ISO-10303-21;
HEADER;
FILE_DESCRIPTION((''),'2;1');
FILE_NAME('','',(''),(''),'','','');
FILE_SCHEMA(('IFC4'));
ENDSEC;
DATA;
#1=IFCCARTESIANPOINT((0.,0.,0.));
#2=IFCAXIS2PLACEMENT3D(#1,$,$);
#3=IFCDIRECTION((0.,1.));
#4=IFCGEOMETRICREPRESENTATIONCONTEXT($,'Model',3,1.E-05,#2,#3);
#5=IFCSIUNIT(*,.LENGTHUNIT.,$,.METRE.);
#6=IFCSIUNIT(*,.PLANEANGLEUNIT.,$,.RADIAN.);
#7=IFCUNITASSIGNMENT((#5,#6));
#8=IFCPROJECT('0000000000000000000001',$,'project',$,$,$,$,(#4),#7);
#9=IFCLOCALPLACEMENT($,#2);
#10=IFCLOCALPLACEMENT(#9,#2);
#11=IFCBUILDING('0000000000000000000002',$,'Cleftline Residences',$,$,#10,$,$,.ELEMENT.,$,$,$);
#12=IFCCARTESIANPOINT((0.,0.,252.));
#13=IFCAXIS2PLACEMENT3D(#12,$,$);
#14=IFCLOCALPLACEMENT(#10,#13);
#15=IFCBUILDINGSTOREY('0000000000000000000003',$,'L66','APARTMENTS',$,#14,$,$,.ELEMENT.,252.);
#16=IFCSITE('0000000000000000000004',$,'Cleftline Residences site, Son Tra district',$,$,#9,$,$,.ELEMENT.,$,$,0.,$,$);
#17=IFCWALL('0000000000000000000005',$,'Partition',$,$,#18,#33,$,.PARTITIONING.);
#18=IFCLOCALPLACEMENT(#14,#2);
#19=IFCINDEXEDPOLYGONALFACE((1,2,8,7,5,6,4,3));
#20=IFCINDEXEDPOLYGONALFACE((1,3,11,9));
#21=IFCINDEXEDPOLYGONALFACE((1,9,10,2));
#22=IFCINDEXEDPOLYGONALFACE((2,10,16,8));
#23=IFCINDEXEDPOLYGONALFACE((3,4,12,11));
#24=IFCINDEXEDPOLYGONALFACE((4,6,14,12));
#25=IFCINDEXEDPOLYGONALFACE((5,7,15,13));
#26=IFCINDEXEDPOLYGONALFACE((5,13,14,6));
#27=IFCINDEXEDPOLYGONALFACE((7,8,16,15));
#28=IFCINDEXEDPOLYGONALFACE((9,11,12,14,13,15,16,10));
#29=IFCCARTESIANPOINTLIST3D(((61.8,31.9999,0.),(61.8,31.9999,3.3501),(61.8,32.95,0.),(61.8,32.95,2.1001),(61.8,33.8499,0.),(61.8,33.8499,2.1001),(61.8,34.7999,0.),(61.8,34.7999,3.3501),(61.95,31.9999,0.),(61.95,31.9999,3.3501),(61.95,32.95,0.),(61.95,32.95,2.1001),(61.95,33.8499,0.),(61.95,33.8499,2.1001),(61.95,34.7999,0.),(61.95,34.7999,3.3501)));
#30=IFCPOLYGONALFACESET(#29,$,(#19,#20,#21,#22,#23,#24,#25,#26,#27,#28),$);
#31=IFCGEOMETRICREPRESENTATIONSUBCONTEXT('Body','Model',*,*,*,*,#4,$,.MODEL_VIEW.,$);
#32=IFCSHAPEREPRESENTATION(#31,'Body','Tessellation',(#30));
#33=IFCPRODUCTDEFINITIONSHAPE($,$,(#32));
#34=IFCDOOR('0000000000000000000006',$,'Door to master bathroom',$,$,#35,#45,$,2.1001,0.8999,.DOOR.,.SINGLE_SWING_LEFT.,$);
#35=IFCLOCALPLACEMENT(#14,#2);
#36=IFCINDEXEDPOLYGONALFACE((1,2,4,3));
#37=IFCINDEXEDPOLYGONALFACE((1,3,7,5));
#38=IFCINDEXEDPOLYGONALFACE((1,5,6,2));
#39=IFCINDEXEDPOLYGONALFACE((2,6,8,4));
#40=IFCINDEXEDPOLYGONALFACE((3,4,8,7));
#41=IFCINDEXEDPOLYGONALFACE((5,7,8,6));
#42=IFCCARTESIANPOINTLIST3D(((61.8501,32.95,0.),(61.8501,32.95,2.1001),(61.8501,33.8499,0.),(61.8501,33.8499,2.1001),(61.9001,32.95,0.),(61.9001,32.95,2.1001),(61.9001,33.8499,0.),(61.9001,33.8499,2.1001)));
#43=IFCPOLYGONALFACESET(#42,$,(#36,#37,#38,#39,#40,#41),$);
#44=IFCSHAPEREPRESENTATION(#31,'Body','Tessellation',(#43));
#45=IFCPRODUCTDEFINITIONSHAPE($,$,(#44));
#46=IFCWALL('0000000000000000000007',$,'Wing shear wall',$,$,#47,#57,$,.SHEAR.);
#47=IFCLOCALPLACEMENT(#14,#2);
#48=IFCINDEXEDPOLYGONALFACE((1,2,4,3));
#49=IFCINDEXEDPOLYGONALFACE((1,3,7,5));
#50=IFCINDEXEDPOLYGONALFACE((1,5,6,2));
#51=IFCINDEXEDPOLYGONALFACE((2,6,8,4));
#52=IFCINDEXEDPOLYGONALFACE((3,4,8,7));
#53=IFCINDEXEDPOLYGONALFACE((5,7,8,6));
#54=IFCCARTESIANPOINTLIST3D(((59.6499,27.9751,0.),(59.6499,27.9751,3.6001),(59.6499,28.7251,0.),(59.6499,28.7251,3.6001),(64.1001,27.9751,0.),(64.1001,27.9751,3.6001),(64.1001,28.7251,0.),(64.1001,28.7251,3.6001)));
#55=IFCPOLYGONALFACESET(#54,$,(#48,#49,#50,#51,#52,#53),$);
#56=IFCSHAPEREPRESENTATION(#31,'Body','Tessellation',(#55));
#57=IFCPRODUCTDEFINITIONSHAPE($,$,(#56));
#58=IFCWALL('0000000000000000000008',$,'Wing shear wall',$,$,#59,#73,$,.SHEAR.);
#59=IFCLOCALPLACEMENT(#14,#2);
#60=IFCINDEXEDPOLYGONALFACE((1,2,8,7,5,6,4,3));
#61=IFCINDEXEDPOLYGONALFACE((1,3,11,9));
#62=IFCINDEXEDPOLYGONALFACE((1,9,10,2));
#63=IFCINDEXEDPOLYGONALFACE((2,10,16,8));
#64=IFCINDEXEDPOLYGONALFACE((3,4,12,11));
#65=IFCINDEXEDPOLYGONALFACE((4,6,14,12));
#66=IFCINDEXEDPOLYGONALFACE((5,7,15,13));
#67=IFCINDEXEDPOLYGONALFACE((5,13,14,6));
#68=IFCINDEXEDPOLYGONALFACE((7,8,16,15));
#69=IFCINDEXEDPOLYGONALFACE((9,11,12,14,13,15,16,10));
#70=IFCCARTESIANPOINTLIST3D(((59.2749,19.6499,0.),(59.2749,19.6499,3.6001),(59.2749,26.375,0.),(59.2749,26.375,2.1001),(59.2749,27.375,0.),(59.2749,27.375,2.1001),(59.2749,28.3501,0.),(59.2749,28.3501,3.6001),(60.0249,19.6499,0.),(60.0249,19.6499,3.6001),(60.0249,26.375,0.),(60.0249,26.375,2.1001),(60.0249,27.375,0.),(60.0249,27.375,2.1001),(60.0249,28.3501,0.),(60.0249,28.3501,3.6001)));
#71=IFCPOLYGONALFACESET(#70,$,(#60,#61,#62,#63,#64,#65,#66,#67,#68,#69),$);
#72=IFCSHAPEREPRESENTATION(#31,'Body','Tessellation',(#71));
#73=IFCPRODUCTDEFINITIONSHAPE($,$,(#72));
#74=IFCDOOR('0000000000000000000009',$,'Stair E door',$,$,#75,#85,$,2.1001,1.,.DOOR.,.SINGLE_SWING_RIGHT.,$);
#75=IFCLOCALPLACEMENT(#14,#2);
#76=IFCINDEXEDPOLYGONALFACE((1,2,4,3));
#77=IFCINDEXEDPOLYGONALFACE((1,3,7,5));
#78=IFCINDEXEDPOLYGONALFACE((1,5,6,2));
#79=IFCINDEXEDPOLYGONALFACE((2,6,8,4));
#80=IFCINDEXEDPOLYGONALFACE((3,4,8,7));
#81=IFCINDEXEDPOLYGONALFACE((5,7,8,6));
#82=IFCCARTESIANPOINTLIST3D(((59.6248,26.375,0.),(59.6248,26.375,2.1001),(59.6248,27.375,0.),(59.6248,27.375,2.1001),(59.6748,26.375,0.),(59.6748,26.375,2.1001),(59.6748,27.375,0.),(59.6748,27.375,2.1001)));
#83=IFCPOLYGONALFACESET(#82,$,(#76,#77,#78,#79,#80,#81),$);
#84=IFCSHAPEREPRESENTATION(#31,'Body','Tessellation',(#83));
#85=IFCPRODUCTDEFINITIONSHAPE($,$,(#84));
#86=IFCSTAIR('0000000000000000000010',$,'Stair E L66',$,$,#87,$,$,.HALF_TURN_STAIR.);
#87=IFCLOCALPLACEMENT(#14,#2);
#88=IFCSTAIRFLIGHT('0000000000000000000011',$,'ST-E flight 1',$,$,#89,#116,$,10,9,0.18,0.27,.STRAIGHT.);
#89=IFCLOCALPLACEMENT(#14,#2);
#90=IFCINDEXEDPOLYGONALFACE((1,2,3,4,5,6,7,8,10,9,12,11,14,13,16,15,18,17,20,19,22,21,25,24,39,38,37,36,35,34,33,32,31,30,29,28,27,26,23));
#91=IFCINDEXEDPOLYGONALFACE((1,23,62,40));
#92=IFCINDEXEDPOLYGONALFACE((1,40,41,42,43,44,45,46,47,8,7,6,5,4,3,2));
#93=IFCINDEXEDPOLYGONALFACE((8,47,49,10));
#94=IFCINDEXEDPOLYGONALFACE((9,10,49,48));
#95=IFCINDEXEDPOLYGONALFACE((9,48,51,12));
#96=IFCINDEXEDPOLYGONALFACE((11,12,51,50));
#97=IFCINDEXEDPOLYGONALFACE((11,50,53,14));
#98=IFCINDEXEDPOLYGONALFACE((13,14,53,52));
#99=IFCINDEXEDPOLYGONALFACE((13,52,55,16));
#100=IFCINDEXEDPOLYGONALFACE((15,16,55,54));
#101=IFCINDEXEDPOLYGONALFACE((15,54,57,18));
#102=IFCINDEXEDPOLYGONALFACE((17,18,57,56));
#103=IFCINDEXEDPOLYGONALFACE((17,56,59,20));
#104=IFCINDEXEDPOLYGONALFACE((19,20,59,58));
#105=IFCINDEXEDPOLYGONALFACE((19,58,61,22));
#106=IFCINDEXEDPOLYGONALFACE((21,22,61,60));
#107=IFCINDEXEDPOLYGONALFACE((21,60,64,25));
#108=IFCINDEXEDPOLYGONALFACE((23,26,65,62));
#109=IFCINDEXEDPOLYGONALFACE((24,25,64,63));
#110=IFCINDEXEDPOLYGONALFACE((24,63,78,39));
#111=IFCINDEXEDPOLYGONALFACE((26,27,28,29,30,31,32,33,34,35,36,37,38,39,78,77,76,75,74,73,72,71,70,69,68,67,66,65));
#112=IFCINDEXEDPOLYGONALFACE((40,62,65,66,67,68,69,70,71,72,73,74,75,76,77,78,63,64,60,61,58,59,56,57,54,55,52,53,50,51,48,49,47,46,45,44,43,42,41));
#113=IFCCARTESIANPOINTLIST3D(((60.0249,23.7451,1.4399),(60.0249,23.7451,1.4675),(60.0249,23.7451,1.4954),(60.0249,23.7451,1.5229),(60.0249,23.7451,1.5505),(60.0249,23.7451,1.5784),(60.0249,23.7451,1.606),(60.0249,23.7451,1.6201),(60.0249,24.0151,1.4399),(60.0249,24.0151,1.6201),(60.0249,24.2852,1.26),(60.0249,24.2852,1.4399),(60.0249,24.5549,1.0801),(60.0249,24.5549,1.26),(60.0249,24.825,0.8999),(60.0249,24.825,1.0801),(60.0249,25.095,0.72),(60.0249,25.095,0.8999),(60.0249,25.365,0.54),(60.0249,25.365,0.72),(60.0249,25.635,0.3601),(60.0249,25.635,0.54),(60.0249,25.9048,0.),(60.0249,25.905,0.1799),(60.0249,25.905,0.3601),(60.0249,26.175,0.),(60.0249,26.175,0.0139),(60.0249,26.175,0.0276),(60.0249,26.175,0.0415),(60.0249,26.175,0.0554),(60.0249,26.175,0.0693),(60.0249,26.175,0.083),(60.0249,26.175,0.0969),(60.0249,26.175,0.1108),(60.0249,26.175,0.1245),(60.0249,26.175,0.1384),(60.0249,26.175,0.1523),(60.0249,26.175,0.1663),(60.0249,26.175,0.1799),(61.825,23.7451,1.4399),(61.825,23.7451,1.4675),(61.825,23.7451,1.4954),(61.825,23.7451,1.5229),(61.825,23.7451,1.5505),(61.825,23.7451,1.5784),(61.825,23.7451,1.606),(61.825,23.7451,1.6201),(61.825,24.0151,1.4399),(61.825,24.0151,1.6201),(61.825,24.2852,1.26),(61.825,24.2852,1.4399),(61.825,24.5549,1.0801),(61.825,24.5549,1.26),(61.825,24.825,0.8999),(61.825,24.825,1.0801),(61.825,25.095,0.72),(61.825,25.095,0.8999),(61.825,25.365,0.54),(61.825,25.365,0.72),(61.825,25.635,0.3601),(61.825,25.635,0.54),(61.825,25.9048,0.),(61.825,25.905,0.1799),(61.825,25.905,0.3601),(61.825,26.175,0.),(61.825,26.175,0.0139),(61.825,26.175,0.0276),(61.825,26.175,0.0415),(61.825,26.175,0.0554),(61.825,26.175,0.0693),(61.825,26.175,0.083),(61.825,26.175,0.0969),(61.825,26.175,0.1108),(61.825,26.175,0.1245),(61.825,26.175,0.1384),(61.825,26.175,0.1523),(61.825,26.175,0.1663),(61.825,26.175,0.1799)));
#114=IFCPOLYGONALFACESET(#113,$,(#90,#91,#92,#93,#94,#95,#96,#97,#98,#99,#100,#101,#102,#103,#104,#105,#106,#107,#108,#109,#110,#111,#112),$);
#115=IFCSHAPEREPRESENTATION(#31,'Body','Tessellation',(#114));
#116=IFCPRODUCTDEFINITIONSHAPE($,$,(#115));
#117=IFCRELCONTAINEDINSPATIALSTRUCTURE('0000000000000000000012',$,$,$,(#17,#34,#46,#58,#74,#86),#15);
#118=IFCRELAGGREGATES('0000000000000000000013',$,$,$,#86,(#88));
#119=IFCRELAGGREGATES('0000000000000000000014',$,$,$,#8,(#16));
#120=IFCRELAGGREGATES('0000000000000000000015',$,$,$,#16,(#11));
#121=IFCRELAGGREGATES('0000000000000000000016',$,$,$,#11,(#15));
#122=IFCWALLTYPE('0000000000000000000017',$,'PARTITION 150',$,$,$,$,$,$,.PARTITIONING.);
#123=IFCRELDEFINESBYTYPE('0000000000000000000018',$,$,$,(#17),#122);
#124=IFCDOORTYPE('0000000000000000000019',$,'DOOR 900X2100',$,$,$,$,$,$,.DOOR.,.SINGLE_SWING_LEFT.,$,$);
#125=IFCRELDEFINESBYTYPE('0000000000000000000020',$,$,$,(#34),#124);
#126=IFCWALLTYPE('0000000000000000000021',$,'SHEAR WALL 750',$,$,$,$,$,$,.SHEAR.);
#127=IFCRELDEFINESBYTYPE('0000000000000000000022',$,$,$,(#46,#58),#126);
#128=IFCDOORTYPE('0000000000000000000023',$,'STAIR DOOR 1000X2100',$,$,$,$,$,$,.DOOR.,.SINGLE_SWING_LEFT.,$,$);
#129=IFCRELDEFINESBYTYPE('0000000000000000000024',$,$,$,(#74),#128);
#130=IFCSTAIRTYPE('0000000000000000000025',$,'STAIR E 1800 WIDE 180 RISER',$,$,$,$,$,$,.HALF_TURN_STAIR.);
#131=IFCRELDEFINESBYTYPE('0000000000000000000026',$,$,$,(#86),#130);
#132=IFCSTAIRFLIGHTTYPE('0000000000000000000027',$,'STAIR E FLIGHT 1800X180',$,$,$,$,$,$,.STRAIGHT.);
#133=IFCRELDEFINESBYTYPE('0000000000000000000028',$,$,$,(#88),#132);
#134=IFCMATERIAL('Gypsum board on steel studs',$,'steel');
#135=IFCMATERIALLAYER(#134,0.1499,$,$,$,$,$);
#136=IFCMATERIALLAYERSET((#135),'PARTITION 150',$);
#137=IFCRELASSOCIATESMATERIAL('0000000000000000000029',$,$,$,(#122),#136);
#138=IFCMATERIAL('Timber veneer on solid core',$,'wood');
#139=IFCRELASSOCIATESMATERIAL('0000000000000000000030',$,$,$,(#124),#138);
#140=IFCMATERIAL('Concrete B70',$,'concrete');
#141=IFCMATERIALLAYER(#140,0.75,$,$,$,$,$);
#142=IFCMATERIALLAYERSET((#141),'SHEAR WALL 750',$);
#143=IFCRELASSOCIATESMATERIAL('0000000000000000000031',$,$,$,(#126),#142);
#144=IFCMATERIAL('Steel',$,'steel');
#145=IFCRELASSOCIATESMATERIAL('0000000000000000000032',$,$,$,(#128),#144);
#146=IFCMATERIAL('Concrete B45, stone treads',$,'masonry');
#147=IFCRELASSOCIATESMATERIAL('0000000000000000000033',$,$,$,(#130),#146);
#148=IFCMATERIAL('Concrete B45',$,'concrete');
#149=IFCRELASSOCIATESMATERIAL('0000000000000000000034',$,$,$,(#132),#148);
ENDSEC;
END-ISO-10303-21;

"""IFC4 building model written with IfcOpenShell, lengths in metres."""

from ifc_helpers import new_model, si_unit, direction, frame, frame_2d, origin, place, context, subcontext, project, spatial, polyline, rectangle, outline, extrude, material, layer, layer_set, type_object, element, fill, aggregate, save


model = new_model("IFC4")

# Units and contexts
model_context = context("Model", 3, precision=1e-05, world=origin(), true_north=direction((0.0, 1.0)))
body_context = subcontext(model_context, "Body", "Model", "MODEL_VIEW")
ifc_project = project(units=[si_unit("LENGTHUNIT", "METRE"), si_unit("PLANEANGLEUNIT", "RADIAN")], contexts=[model_context])

# Site, building, storey
site_placement = place(None, origin())
site = spatial("IfcSite", under=ifc_project, at=site_placement, Name="Cleftline Residences site, Son Tra district", CompositionType="ELEMENT", RefElevation=0.0)
building_placement = place(site_placement, origin())
building = spatial("IfcBuilding", under=site, at=building_placement, Name="Cleftline Residences", CompositionType="ELEMENT")
storey_placement = place(building_placement, frame((0.0, 0.0, 252.0)))
storey = spatial("IfcBuildingStorey", under=building, at=storey_placement, Name="L66", Description="APARTMENTS", CompositionType="ELEMENT", Elevation=252.0)

# Shared definitions
ifc_material_1 = material(Name="Gypsum board on steel studs", Category="steel")
ifc_layer_1 = layer(ifc_material_1, 0.1499)
ifc_layer_set_1 = layer_set([ifc_layer_1], Name="PARTITION 150")
wall_type_1 = type_object("IfcWallType", Name="PARTITION 150", PredefinedType="PARTITIONING", material=ifc_layer_set_1)

# Wall, opening, door
ifc_material_2 = material(Name="Timber veneer on solid core", Category="wood")
door_type_1 = type_object("IfcDoorType", Name="DOOR 900X2100", OperationType="SINGLE_SWING_LEFT", PredefinedType="DOOR", material=ifc_material_2)
wall_1_placement = place(storey_placement, frame((61.875, 32.0, 0.0), z_axis=(0.0, 0.0, 1.0), x_axis=(0.0, 1.0, 0.0)))
wall_1 = element("IfcWall", 1, at=wall_1_placement, inside=storey, type_object=wall_type_1, Name="Partition", PredefinedType="PARTITIONING", context=body_context, shape_type="SweptSolid", body=[
    extrude(rectangle(XDim=2.8, YDim=0.1499, at=frame_2d((1.3999, 0.0))), origin(), (0.0, 0.0, 1.0), 3.3501),
])
opening_1_placement = place(wall_1_placement, frame((0.95, 0.0, 0.0)))
opening_1 = element("IfcOpeningElement", 2, at=opening_1_placement, cuts=wall_1, PredefinedType="OPENING", context=body_context, shape_type="SweptSolid", body=[
    extrude(rectangle(XDim=0.8999, YDim=2.1001, at=frame_2d((0.45, 1.05))), frame((0.0, 0.085, 0.0), z_axis=(0.0, -1.0, 0.0), x_axis=(1.0, 0.0, 0.0)), (0.0, 0.0, 1.0), 0.1699),
])
door_1_placement = place(opening_1_placement, origin())
door_1 = element("IfcDoor", 3, at=door_1_placement, inside=storey, type_object=door_type_1, Name="Door to master bathroom", OperationType="SINGLE_SWING_LEFT", OverallHeight=2.1001, OverallWidth=0.8999, PredefinedType="DOOR", context=body_context, shape_type="SweptSolid", body=[
    extrude(rectangle(XDim=0.8999, YDim=2.1001, at=frame_2d((0.45, 1.05))), frame((0.0, 0.0249, 0.0), z_axis=(0.0, -1.0, 0.0), x_axis=(1.0, 0.0, 0.0)), (0.0, 0.0, 1.0), 0.05),
])
fill(opening_1, door_1)

# Wall
ifc_material_3 = material(Name="Concrete B70", Category="concrete")
ifc_layer_2 = layer(ifc_material_3, 0.75)
ifc_layer_set_2 = layer_set([ifc_layer_2], Name="SHEAR WALL 750")
wall_type_2 = type_object("IfcWallType", Name="SHEAR WALL 750", PredefinedType="SHEAR", material=ifc_layer_set_2)
wall_2_placement = place(storey_placement, frame((64.1001, 28.3501, 0.0), z_axis=(0.0, 0.0, 1.0), x_axis=(-1.0, 0.0, 0.0)))
element("IfcWall", 4, at=wall_2_placement, inside=storey, type_object=wall_type_2, Name="Wing shear wall", PredefinedType="SHEAR", context=body_context, shape_type="SweptSolid", body=[
    extrude(rectangle(XDim=4.4502, YDim=0.75, at=frame_2d((2.2251, 0.0))), origin(), (0.0, 0.0, 1.0), 3.6001),
])

# Wall, opening, door
wall_3_placement = place(storey_placement, frame((59.6499, 28.3501, 0.0), z_axis=(0.0, 0.0, 1.0), x_axis=(0.0, -1.0, 0.0)))
wall_3 = element("IfcWall", 5, at=wall_3_placement, inside=storey, type_object=wall_type_2, Name="Wing shear wall", PredefinedType="SHEAR", context=body_context, shape_type="SweptSolid", body=[
    extrude(rectangle(XDim=8.7002, YDim=0.75, at=frame_2d((4.3501, 0.0))), origin(), (0.0, 0.0, 1.0), 3.6001),
])
opening_2_placement = place(wall_3_placement, frame((0.9751, 0.0, 0.0)))
opening_2 = element("IfcOpeningElement", 6, at=opening_2_placement, cuts=wall_3, PredefinedType="OPENING", context=body_context, shape_type="SweptSolid", body=[
    extrude(rectangle(XDim=1.0, YDim=2.1001, at=frame_2d((0.5, 1.05))), frame((0.0, 0.385, 0.0), z_axis=(0.0, -1.0, 0.0), x_axis=(1.0, 0.0, 0.0)), (0.0, 0.0, 1.0), 0.77),
])
ifc_material_4 = material(Name="Steel", Category="steel")
door_type_2 = type_object("IfcDoorType", Name="STAIR DOOR 1000X2100", OperationType="SINGLE_SWING_LEFT", PredefinedType="DOOR", material=ifc_material_4)
door_2_placement = place(opening_2_placement, origin())
door_2 = element("IfcDoor", 7, at=door_2_placement, inside=storey, type_object=door_type_2, Name="Stair E door", OperationType="SINGLE_SWING_RIGHT", OverallHeight=2.1001, OverallWidth=1.0, PredefinedType="DOOR", context=body_context, shape_type="SweptSolid", body=[
    extrude(rectangle(XDim=1.0, YDim=2.1001, at=frame_2d((0.5, 1.05))), frame((0.0, 0.0249, 0.0), z_axis=(0.0, -1.0, 0.0), x_axis=(1.0, 0.0, 0.0)), (0.0, 0.0, 1.0), 0.05),
])
fill(opening_2, door_2)

# Stair, stair flight
ifc_material_5 = material(Name="Concrete B45, stone treads", Category="masonry")
stair_type = type_object("IfcStairType", Name="STAIR E 1800 WIDE 180 RISER", PredefinedType="HALF_TURN_STAIR", material=ifc_material_5)
stair_placement = place(storey_placement, origin())
stair = element("IfcStair", 8, at=stair_placement, inside=storey, type_object=stair_type, Name="Stair E L66", PredefinedType="HALF_TURN_STAIR")
ifc_material_6 = material(Name="Concrete B45", Category="concrete")
stair_flight_type = type_object("IfcStairFlightType", Name="STAIR E FLIGHT 1800X180", PredefinedType="STRAIGHT", material=ifc_material_6)
stair_flight_placement = place(storey_placement, frame((60.925, 26.175, 0.0), z_axis=(0.0, 0.0, 1.0), x_axis=(0.0, -1.0, 0.0)))
stair_flight = element("IfcStairFlight", 9, at=stair_flight_placement, type_object=stair_flight_type, Name="ST-E flight 1", NumberOfRisers=10, NumberOfTreads=9, PredefinedType="STRAIGHT", RiserHeight=0.18, TreadLength=0.27, context=body_context, shape_type="SweptSolid", body=[
    extrude(outline(polyline([(0.0, 0.0), (0.0, 0.0139), (0.0, 0.0276), (0.0, 0.0415), (0.0, 0.0554), (0.0, 0.0693), (0.0, 0.083), (0.0, 0.0969), (0.0, 0.1108), (0.0, 0.1245), (0.0, 0.1384), (0.0, 0.1523), (0.0, 0.1663), (0.0, 0.1799), (0.27, 0.1799), (0.27, 0.3601), (0.54, 0.3601), (0.54, 0.54), (0.8101, 0.54), (0.8101, 0.72), (1.0801, 0.72), (1.0801, 0.8999), (1.3501, 0.8999), (1.3501, 1.0801), (1.6201, 1.0801), (1.6201, 1.26), (1.8899, 1.26), (1.8899, 1.4399), (2.1599, 1.4399), (2.1599, 1.6201), (2.4299, 1.6201), (2.4299, 1.8), (2.4299, 1.7722), (2.4299, 1.7446), (2.4299, 1.7168), (2.4299, 1.6892), (2.4299, 1.6614), (2.4299, 1.6338), (2.4299, 1.606), (2.4299, 1.5784), (2.4299, 1.5505), (2.4299, 1.5229), (2.4299, 1.4954), (2.4299, 1.4675), (2.4299, 1.4399), (0.2703, 0.0), (0.0, 0.0)])), frame((0.0, 0.8999, 0.0), z_axis=(0.0, -1.0, 0.0), x_axis=(1.0, 0.0, 0.0)), (0.0, 0.0, 1.0), 1.8),
])
aggregate(stair, [stair_flight])

save(model, "model.ifc")
